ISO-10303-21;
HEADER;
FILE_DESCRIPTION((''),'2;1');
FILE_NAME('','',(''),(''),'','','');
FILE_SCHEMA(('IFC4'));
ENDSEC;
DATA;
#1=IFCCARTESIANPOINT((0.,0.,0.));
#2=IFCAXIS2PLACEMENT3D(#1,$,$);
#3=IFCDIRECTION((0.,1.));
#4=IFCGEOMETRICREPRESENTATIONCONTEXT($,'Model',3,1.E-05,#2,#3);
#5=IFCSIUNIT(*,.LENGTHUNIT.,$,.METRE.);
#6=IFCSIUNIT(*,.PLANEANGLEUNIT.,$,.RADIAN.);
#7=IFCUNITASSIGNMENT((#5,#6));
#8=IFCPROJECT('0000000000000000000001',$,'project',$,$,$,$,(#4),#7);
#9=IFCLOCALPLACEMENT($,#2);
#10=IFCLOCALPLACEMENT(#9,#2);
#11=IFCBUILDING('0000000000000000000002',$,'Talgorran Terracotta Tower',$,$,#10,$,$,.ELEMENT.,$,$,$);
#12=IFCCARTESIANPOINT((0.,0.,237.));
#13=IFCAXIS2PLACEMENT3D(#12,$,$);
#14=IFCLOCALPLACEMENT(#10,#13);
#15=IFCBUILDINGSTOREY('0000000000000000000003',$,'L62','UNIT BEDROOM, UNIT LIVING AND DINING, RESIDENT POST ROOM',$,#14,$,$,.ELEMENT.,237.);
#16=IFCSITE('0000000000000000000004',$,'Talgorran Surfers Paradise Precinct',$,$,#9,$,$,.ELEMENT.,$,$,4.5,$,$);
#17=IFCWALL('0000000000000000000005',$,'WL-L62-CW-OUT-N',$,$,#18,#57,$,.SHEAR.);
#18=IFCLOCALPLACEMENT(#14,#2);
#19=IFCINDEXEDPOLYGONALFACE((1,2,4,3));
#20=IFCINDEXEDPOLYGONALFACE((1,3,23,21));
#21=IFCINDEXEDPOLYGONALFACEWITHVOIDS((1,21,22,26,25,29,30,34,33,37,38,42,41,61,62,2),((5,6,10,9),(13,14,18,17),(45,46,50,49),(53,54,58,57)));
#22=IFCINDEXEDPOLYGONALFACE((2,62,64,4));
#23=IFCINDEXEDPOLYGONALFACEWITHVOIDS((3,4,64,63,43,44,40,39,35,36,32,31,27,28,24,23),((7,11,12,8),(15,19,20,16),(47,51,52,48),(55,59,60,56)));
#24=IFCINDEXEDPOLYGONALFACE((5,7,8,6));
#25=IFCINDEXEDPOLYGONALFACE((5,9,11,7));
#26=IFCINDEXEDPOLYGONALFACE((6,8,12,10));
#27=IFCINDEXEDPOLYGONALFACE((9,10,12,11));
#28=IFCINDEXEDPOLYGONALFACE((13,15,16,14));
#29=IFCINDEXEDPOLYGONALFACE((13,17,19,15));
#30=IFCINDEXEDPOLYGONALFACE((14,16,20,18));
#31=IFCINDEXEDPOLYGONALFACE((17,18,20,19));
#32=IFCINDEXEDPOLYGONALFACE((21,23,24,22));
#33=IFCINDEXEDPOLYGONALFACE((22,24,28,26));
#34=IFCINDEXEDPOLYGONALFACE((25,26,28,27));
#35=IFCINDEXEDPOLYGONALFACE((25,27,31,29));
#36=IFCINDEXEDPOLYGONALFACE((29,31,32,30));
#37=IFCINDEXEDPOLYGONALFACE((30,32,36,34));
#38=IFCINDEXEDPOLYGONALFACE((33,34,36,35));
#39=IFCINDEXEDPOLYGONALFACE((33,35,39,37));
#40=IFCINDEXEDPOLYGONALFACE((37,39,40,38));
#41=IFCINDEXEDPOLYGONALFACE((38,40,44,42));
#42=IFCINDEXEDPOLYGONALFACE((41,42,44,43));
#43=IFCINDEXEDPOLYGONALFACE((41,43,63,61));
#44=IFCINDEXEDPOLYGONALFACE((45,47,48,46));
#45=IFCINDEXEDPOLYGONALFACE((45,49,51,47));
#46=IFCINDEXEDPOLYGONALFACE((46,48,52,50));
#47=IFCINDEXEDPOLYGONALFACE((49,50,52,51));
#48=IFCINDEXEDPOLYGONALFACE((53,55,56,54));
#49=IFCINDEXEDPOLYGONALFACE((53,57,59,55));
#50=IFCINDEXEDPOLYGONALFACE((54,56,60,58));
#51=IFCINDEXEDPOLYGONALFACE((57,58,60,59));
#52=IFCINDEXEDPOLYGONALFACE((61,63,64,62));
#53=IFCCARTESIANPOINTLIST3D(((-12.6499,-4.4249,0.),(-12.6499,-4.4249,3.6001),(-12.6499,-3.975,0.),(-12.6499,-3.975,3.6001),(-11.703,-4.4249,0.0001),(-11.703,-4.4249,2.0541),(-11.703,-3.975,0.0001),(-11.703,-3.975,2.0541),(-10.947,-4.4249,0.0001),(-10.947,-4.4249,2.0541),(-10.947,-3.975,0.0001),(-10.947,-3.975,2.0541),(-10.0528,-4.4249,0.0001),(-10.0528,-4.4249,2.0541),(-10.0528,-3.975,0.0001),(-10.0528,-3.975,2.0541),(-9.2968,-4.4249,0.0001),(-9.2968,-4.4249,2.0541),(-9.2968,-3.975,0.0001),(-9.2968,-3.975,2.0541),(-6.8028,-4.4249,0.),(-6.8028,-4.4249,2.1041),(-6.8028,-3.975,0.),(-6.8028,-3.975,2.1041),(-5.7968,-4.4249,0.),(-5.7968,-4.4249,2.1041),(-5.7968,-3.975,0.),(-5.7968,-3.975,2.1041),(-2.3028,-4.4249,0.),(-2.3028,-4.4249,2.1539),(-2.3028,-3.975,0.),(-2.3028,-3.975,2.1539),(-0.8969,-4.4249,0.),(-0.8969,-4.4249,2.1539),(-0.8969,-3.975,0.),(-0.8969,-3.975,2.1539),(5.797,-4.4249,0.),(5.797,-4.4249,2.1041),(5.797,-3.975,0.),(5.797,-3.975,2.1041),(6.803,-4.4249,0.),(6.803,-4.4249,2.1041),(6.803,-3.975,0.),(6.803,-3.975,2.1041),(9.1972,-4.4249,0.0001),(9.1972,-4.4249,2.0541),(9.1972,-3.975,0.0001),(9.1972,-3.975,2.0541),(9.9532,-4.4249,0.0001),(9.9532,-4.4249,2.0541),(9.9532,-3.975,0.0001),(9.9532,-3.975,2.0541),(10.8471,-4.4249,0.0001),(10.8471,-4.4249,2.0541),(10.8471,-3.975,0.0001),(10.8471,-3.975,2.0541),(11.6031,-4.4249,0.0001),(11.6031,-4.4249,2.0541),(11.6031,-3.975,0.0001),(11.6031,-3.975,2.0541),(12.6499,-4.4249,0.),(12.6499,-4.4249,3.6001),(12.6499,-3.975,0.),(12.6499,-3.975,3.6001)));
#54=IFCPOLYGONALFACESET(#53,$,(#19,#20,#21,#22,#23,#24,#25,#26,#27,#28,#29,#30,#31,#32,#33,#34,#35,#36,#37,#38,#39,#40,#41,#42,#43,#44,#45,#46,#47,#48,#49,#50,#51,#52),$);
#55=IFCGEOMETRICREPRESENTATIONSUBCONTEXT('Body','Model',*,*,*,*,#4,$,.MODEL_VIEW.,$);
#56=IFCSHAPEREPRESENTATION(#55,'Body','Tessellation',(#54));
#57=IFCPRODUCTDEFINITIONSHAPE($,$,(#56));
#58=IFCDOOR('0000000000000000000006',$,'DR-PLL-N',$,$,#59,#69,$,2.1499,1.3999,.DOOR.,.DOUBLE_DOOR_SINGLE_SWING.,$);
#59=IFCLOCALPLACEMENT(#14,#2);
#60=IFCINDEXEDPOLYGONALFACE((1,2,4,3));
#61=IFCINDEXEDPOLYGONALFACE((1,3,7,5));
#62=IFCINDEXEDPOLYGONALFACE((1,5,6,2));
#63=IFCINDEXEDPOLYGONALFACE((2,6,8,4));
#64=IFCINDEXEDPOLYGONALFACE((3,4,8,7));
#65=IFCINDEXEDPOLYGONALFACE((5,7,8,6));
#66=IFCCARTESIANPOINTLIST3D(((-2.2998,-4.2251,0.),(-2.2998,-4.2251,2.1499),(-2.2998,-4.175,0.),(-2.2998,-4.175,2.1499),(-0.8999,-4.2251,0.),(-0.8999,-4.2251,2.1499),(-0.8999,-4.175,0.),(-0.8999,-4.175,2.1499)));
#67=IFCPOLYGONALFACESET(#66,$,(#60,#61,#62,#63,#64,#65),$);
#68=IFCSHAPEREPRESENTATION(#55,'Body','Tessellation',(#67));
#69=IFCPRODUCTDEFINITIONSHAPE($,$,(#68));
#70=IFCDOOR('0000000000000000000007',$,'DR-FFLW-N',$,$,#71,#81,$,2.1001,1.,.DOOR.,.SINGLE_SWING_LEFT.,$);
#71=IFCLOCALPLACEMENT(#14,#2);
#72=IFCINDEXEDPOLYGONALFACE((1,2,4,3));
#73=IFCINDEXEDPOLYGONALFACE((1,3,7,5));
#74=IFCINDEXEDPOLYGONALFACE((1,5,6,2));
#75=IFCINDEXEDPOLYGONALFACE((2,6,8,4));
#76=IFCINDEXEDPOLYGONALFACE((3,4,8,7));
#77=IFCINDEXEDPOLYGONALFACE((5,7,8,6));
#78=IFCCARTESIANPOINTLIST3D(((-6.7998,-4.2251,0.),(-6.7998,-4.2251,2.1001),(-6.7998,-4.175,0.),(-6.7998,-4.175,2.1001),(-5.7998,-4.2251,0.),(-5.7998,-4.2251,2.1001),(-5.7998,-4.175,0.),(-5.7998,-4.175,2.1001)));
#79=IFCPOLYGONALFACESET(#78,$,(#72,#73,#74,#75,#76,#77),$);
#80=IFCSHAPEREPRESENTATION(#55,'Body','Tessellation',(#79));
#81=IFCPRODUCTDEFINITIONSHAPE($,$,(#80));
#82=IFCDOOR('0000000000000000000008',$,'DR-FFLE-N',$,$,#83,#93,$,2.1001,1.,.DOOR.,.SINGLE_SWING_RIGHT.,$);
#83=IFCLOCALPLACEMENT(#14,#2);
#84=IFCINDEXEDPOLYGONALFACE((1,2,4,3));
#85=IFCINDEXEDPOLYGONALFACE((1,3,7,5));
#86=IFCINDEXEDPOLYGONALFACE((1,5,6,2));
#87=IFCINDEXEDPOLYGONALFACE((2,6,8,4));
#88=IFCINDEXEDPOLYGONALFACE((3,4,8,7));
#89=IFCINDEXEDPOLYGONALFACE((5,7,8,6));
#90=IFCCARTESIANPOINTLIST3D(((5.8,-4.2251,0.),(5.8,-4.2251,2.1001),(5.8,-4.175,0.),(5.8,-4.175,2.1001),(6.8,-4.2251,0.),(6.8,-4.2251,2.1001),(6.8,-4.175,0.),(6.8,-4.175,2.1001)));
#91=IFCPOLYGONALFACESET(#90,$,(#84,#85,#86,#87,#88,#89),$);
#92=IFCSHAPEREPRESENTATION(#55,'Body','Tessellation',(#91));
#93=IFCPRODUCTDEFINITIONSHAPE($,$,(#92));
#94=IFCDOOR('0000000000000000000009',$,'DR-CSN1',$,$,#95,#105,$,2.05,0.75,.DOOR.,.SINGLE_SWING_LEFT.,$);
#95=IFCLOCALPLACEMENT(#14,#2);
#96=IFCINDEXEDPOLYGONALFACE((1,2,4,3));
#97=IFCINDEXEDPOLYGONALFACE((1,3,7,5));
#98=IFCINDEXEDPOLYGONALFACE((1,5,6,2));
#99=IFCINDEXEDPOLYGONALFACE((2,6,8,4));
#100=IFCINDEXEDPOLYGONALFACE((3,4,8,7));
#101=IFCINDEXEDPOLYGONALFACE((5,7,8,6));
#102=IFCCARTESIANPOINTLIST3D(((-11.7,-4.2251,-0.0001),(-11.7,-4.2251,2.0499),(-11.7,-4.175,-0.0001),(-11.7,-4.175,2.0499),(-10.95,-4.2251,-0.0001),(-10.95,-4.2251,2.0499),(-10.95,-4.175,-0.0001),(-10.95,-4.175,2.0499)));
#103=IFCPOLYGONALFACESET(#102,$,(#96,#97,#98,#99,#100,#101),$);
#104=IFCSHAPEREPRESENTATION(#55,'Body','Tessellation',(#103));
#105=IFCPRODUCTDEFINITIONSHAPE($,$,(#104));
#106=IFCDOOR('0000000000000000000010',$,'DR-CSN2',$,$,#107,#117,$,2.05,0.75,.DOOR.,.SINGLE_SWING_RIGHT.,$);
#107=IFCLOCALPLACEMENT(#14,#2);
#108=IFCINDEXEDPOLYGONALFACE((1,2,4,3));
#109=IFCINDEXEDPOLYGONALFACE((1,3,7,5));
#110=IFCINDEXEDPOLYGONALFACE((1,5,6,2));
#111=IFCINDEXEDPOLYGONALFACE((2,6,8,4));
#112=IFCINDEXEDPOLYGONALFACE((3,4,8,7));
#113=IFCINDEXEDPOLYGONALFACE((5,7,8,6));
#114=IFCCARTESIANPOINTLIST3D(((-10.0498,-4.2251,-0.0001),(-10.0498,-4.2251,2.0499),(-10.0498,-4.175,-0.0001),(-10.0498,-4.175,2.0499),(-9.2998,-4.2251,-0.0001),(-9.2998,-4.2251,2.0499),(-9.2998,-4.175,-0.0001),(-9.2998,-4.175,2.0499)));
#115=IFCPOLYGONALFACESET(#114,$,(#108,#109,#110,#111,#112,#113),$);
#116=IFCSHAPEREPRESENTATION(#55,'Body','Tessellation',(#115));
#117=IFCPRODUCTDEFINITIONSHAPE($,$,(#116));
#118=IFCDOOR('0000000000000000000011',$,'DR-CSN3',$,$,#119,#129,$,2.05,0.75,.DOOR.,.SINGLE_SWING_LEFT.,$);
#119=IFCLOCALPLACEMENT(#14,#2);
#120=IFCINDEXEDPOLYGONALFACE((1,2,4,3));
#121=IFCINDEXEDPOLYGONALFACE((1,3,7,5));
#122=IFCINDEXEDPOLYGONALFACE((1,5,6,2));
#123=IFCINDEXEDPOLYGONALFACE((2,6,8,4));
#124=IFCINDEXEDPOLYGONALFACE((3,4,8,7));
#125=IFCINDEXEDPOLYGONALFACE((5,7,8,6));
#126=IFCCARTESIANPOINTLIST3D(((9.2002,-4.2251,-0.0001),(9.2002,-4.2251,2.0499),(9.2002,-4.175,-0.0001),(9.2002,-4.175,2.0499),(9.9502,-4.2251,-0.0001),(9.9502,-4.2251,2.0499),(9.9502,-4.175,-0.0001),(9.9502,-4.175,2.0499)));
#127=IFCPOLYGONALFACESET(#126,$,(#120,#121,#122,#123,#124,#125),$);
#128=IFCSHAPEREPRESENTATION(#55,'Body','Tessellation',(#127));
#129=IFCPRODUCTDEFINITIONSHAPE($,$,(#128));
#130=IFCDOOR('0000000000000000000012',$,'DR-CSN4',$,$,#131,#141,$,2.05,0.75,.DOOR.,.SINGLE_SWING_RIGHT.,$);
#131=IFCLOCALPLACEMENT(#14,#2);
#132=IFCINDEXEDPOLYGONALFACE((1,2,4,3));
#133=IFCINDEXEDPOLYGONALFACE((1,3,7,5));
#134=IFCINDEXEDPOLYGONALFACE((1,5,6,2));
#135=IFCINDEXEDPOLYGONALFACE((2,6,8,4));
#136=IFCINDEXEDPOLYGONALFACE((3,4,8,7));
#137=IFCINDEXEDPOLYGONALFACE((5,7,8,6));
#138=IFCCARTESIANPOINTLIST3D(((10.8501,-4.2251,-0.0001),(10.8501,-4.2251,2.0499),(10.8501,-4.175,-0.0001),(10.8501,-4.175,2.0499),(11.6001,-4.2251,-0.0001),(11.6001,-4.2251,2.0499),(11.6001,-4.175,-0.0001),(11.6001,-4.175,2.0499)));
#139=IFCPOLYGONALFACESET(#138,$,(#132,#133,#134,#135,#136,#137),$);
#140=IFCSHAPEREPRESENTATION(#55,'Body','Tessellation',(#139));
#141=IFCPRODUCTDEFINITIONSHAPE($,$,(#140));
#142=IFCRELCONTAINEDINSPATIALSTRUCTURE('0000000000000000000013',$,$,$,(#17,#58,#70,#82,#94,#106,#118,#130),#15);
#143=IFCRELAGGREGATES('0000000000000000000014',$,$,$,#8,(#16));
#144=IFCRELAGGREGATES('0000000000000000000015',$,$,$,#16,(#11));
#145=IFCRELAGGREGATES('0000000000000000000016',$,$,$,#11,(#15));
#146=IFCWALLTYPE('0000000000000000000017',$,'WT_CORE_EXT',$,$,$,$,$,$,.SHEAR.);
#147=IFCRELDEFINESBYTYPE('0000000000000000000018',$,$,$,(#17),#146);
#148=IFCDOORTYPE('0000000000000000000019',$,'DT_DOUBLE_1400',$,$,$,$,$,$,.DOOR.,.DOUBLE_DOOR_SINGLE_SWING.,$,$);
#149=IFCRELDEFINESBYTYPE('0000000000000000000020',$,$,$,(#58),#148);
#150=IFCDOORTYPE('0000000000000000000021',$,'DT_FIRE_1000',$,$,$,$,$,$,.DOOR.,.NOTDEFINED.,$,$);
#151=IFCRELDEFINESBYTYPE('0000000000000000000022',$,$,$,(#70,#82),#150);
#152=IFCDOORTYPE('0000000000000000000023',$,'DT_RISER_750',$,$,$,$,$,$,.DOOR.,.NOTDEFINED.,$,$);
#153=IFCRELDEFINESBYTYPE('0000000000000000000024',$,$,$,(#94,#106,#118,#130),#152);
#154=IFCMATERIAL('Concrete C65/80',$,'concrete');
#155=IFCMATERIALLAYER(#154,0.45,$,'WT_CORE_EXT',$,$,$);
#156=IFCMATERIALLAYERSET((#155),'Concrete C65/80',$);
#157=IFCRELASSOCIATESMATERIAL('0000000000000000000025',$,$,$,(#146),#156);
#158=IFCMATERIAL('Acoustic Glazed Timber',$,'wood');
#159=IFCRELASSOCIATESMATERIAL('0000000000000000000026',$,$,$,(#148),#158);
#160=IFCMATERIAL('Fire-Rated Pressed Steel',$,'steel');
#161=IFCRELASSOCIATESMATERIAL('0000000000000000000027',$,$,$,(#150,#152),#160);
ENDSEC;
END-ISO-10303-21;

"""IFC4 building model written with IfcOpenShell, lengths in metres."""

from ifc_helpers import new_model, si_unit, direction, frame, frame_2d, origin, place, context, subcontext, project, spatial, rectangle, extrude, material, layer, layer_set, type_object, element, fill, save


model = new_model("IFC4")

# Units and contexts
model_context = context("Model", 3, precision=1e-05, world=origin(), true_north=direction((0.0, 1.0)))
body_context = subcontext(model_context, "Body", "Model", "MODEL_VIEW")
ifc_project = project(units=[si_unit("LENGTHUNIT", "METRE"), si_unit("PLANEANGLEUNIT", "RADIAN")], contexts=[model_context])

# Site, building, storey
site_placement = place(None, origin())
site = spatial("IfcSite", under=ifc_project, at=site_placement, Name="Talgorran Surfers Paradise Precinct", CompositionType="ELEMENT", RefElevation=4.5)
building_placement = place(site_placement, origin())
building = spatial("IfcBuilding", under=site, at=building_placement, Name="Talgorran Terracotta Tower", CompositionType="ELEMENT")
storey_placement = place(building_placement, frame((0.0, 0.0, 237.0)))
storey = spatial("IfcBuildingStorey", under=building, at=storey_placement, Name="L62", Description="UNIT BEDROOM, UNIT LIVING AND DINING, RESIDENT POST ROOM", CompositionType="ELEMENT", Elevation=237.0)

# Wall, openings, doors
ifc_material_1 = material(Name="Concrete C65/80", Category="concrete")
ifc_layer_1 = layer(ifc_material_1, 0.45, Name="WT_CORE_EXT")
ifc_layer_set_1 = layer_set([ifc_layer_1], Name="Concrete C65/80")
wall_type_1 = type_object("IfcWallType", Name="WT_CORE_EXT", PredefinedType="SHEAR", material=ifc_layer_set_1)
wall_1_placement = place(storey_placement, frame((-12.6499, -4.2, 0.0), z_axis=(0.0, 0.0, 1.0), x_axis=(1.0, 0.0, 0.0)))
wall_1 = element("IfcWall", 1, at=wall_1_placement, inside=storey, type_object=wall_type_1, Name="WL-L62-CW-OUT-N", PredefinedType="SHEAR", context=body_context, shape_type="SweptSolid", body=[
    extrude(rectangle(XDim=25.2998, YDim=0.45, at=frame_2d((12.6499, 0.0))), origin(), (0.0, 0.0, 1.0), 3.6001),
])
opening_1_placement = place(wall_1_placement, frame((0.95, 0.0, 0.0)))
opening_1 = element("IfcOpeningElement", 2, at=opening_1_placement, cuts=wall_1, PredefinedType="OPENING", context=body_context, shape_type="SweptSolid", body=[
    extrude(rectangle(XDim=0.756, YDim=2.054, at=frame_2d((0.375, 1.0271))), frame((0.0, 0.2349, 0.0), z_axis=(0.0, -1.0, 0.0), x_axis=(1.0, 0.0, 0.0)), (0.0, 0.0, 1.0), 0.47),
])
opening_2_placement = place(wall_1_placement, frame((2.6001, 0.0, 0.0)))
opening_2 = element("IfcOpeningElement", 3, at=opening_2_placement, cuts=wall_1, PredefinedType="OPENING", context=body_context, shape_type="SweptSolid", body=[
    extrude(rectangle(XDim=0.756, YDim=2.054, at=frame_2d((0.375, 1.0271))), frame((0.0, 0.2349, 0.0), z_axis=(0.0, -1.0, 0.0), x_axis=(1.0, 0.0, 0.0)), (0.0, 0.0, 1.0), 0.47),
])
opening_3_placement = place(wall_1_placement, frame((21.8501, 0.0, 0.0)))
opening_3 = element("IfcOpeningElement", 4, at=opening_3_placement, cuts=wall_1, PredefinedType="OPENING", context=body_context, shape_type="SweptSolid", body=[
    extrude(rectangle(XDim=0.756, YDim=2.054, at=frame_2d((0.375, 1.0271))), frame((0.0, 0.2349, 0.0), z_axis=(0.0, -1.0, 0.0), x_axis=(1.0, 0.0, 0.0)), (0.0, 0.0, 1.0), 0.47),
])
opening_4_placement = place(wall_1_placement, frame((23.5, 0.0, 0.0)))
opening_4 = element("IfcOpeningElement", 5, at=opening_4_placement, cuts=wall_1, PredefinedType="OPENING", context=body_context, shape_type="SweptSolid", body=[
    extrude(rectangle(XDim=0.756, YDim=2.054, at=frame_2d((0.375, 1.0271))), frame((0.0, 0.2349, 0.0), z_axis=(0.0, -1.0, 0.0), x_axis=(1.0, 0.0, 0.0)), (0.0, 0.0, 1.0), 0.47),
])
opening_5_placement = place(wall_1_placement, frame((5.8501, 0.0, 0.0)))
opening_5 = element("IfcOpeningElement", 6, at=opening_5_placement, cuts=wall_1, PredefinedType="OPENING", context=body_context, shape_type="SweptSolid", body=[
    extrude(rectangle(XDim=1.006, YDim=2.1041, at=frame_2d((0.5, 1.052))), frame((0.0, 0.2349, 0.0), z_axis=(0.0, -1.0, 0.0), x_axis=(1.0, 0.0, 0.0)), (0.0, 0.0, 1.0), 0.47),
])
opening_6_placement = place(wall_1_placement, frame((10.3501, 0.0, 0.0)))
opening_6 = element("IfcOpeningElement", 7, at=opening_6_placement, cuts=wall_1, PredefinedType="OPENING", context=body_context, shape_type="SweptSolid", body=[
    extrude(rectangle(XDim=1.4059, YDim=2.1539, at=frame_2d((0.7, 1.0769))), frame((0.0, 0.2349, 0.0), z_axis=(0.0, -1.0, 0.0), x_axis=(1.0, 0.0, 0.0)), (0.0, 0.0, 1.0), 0.47),
])
opening_7_placement = place(wall_1_placement, frame((18.45, 0.0, 0.0)))
opening_7 = element("IfcOpeningElement", 8, at=opening_7_placement, cuts=wall_1, PredefinedType="OPENING", context=body_context, shape_type="SweptSolid", body=[
    extrude(rectangle(XDim=1.006, YDim=2.1041, at=frame_2d((0.5, 1.052))), frame((0.0, 0.2349, 0.0), z_axis=(0.0, -1.0, 0.0), x_axis=(1.0, 0.0, 0.0)), (0.0, 0.0, 1.0), 0.47),
])
ifc_material_2 = material(Name="Acoustic Glazed Timber", Category="wood")
door_type_1 = type_object("IfcDoorType", Name="DT_DOUBLE_1400", OperationType="DOUBLE_DOOR_SINGLE_SWING", PredefinedType="DOOR", material=ifc_material_2)
door_1_placement = place(opening_6_placement, origin())
door_1 = element("IfcDoor", 9, at=door_1_placement, inside=storey, type_object=door_type_1, Name="DR-PLL-N", OperationType="DOUBLE_DOOR_SINGLE_SWING", OverallHeight=2.1499, OverallWidth=1.3999, PredefinedType="DOOR", context=body_context, shape_type="SweptSolid", body=[
    extrude(rectangle(XDim=1.3999, YDim=2.1499, at=frame_2d((0.7, 1.075))), frame((0.0, 0.0249, 0.0), z_axis=(0.0, -1.0, 0.0), x_axis=(1.0, 0.0, 0.0)), (0.0, 0.0, 1.0), 0.05),
])
fill(opening_6, door_1)
ifc_material_3 = material(Name="Fire-Rated Pressed Steel", Category="steel")
door_type_2 = type_object("IfcDoorType", Name="DT_FIRE_1000", OperationType="NOTDEFINED", PredefinedType="DOOR", material=ifc_material_3)
door_2_placement = place(opening_5_placement, origin())
door_2 = element("IfcDoor", 10, at=door_2_placement, inside=storey, type_object=door_type_2, Name="DR-FFLW-N", OperationType="SINGLE_SWING_LEFT", OverallHeight=2.1001, OverallWidth=1.0, PredefinedType="DOOR", context=body_context, shape_type="SweptSolid", body=[
    extrude(rectangle(XDim=1.0, YDim=2.1001, at=frame_2d((0.5, 1.05))), frame((0.0, 0.0249, 0.0), z_axis=(0.0, -1.0, 0.0), x_axis=(1.0, 0.0, 0.0)), (0.0, 0.0, 1.0), 0.05),
])
fill(opening_5, door_2)
door_3_placement = place(opening_7_placement, origin())
door_3 = element("IfcDoor", 11, at=door_3_placement, inside=storey, type_object=door_type_2, Name="DR-FFLE-N", OperationType="SINGLE_SWING_RIGHT", OverallHeight=2.1001, OverallWidth=1.0, PredefinedType="DOOR", context=body_context, shape_type="SweptSolid", body=[
    extrude(rectangle(XDim=1.0, YDim=2.1001, at=frame_2d((0.5, 1.05))), frame((0.0, 0.0249, 0.0), z_axis=(0.0, -1.0, 0.0), x_axis=(1.0, 0.0, 0.0)), (0.0, 0.0, 1.0), 0.05),
])
fill(opening_7, door_3)
door_type_3 = type_object("IfcDoorType", Name="DT_RISER_750", OperationType="NOTDEFINED", PredefinedType="DOOR", material=ifc_material_3)
door_4_placement = place(opening_1_placement, origin())
door_4 = element("IfcDoor", 12, at=door_4_placement, inside=storey, type_object=door_type_3, Name="DR-CSN1", OperationType="SINGLE_SWING_LEFT", OverallHeight=2.05, OverallWidth=0.75, PredefinedType="DOOR", context=body_context, shape_type="SweptSolid", body=[
    extrude(rectangle(XDim=0.75, YDim=2.05, at=frame_2d((0.375, 1.0249))), frame((0.0, 0.0249, 0.0), z_axis=(0.0, -1.0, 0.0), x_axis=(1.0, 0.0, 0.0)), (0.0, 0.0, 1.0), 0.05),
])
fill(opening_1, door_4)
door_5_placement = place(opening_2_placement, origin())
door_5 = element("IfcDoor", 13, at=door_5_placement, inside=storey, type_object=door_type_3, Name="DR-CSN2", OperationType="SINGLE_SWING_RIGHT", OverallHeight=2.05, OverallWidth=0.75, PredefinedType="DOOR", context=body_context, shape_type="SweptSolid", body=[
    extrude(rectangle(XDim=0.75, YDim=2.05, at=frame_2d((0.375, 1.0249))), frame((0.0, 0.0249, 0.0), z_axis=(0.0, -1.0, 0.0), x_axis=(1.0, 0.0, 0.0)), (0.0, 0.0, 1.0), 0.05),
])
fill(opening_2, door_5)
door_6_placement = place(opening_3_placement, origin())
door_6 = element("IfcDoor", 14, at=door_6_placement, inside=storey, type_object=door_type_3, Name="DR-CSN3", OperationType="SINGLE_SWING_LEFT", OverallHeight=2.05, OverallWidth=0.75, PredefinedType="DOOR", context=body_context, shape_type="SweptSolid", body=[
    extrude(rectangle(XDim=0.75, YDim=2.05, at=frame_2d((0.375, 1.0249))), frame((0.0, 0.0249, 0.0), z_axis=(0.0, -1.0, 0.0), x_axis=(1.0, 0.0, 0.0)), (0.0, 0.0, 1.0), 0.05),
])
fill(opening_3, door_6)
door_7_placement = place(opening_4_placement, origin())
door_7 = element("IfcDoor", 15, at=door_7_placement, inside=storey, type_object=door_type_3, Name="DR-CSN4", OperationType="SINGLE_SWING_RIGHT", OverallHeight=2.05, OverallWidth=0.75, PredefinedType="DOOR", context=body_context, shape_type="SweptSolid", body=[
    extrude(rectangle(XDim=0.75, YDim=2.05, at=frame_2d((0.375, 1.0249))), frame((0.0, 0.0249, 0.0), z_axis=(0.0, -1.0, 0.0), x_axis=(1.0, 0.0, 0.0)), (0.0, 0.0, 1.0), 0.05),
])
fill(opening_4, door_7)

save(model, "model.ifc")
